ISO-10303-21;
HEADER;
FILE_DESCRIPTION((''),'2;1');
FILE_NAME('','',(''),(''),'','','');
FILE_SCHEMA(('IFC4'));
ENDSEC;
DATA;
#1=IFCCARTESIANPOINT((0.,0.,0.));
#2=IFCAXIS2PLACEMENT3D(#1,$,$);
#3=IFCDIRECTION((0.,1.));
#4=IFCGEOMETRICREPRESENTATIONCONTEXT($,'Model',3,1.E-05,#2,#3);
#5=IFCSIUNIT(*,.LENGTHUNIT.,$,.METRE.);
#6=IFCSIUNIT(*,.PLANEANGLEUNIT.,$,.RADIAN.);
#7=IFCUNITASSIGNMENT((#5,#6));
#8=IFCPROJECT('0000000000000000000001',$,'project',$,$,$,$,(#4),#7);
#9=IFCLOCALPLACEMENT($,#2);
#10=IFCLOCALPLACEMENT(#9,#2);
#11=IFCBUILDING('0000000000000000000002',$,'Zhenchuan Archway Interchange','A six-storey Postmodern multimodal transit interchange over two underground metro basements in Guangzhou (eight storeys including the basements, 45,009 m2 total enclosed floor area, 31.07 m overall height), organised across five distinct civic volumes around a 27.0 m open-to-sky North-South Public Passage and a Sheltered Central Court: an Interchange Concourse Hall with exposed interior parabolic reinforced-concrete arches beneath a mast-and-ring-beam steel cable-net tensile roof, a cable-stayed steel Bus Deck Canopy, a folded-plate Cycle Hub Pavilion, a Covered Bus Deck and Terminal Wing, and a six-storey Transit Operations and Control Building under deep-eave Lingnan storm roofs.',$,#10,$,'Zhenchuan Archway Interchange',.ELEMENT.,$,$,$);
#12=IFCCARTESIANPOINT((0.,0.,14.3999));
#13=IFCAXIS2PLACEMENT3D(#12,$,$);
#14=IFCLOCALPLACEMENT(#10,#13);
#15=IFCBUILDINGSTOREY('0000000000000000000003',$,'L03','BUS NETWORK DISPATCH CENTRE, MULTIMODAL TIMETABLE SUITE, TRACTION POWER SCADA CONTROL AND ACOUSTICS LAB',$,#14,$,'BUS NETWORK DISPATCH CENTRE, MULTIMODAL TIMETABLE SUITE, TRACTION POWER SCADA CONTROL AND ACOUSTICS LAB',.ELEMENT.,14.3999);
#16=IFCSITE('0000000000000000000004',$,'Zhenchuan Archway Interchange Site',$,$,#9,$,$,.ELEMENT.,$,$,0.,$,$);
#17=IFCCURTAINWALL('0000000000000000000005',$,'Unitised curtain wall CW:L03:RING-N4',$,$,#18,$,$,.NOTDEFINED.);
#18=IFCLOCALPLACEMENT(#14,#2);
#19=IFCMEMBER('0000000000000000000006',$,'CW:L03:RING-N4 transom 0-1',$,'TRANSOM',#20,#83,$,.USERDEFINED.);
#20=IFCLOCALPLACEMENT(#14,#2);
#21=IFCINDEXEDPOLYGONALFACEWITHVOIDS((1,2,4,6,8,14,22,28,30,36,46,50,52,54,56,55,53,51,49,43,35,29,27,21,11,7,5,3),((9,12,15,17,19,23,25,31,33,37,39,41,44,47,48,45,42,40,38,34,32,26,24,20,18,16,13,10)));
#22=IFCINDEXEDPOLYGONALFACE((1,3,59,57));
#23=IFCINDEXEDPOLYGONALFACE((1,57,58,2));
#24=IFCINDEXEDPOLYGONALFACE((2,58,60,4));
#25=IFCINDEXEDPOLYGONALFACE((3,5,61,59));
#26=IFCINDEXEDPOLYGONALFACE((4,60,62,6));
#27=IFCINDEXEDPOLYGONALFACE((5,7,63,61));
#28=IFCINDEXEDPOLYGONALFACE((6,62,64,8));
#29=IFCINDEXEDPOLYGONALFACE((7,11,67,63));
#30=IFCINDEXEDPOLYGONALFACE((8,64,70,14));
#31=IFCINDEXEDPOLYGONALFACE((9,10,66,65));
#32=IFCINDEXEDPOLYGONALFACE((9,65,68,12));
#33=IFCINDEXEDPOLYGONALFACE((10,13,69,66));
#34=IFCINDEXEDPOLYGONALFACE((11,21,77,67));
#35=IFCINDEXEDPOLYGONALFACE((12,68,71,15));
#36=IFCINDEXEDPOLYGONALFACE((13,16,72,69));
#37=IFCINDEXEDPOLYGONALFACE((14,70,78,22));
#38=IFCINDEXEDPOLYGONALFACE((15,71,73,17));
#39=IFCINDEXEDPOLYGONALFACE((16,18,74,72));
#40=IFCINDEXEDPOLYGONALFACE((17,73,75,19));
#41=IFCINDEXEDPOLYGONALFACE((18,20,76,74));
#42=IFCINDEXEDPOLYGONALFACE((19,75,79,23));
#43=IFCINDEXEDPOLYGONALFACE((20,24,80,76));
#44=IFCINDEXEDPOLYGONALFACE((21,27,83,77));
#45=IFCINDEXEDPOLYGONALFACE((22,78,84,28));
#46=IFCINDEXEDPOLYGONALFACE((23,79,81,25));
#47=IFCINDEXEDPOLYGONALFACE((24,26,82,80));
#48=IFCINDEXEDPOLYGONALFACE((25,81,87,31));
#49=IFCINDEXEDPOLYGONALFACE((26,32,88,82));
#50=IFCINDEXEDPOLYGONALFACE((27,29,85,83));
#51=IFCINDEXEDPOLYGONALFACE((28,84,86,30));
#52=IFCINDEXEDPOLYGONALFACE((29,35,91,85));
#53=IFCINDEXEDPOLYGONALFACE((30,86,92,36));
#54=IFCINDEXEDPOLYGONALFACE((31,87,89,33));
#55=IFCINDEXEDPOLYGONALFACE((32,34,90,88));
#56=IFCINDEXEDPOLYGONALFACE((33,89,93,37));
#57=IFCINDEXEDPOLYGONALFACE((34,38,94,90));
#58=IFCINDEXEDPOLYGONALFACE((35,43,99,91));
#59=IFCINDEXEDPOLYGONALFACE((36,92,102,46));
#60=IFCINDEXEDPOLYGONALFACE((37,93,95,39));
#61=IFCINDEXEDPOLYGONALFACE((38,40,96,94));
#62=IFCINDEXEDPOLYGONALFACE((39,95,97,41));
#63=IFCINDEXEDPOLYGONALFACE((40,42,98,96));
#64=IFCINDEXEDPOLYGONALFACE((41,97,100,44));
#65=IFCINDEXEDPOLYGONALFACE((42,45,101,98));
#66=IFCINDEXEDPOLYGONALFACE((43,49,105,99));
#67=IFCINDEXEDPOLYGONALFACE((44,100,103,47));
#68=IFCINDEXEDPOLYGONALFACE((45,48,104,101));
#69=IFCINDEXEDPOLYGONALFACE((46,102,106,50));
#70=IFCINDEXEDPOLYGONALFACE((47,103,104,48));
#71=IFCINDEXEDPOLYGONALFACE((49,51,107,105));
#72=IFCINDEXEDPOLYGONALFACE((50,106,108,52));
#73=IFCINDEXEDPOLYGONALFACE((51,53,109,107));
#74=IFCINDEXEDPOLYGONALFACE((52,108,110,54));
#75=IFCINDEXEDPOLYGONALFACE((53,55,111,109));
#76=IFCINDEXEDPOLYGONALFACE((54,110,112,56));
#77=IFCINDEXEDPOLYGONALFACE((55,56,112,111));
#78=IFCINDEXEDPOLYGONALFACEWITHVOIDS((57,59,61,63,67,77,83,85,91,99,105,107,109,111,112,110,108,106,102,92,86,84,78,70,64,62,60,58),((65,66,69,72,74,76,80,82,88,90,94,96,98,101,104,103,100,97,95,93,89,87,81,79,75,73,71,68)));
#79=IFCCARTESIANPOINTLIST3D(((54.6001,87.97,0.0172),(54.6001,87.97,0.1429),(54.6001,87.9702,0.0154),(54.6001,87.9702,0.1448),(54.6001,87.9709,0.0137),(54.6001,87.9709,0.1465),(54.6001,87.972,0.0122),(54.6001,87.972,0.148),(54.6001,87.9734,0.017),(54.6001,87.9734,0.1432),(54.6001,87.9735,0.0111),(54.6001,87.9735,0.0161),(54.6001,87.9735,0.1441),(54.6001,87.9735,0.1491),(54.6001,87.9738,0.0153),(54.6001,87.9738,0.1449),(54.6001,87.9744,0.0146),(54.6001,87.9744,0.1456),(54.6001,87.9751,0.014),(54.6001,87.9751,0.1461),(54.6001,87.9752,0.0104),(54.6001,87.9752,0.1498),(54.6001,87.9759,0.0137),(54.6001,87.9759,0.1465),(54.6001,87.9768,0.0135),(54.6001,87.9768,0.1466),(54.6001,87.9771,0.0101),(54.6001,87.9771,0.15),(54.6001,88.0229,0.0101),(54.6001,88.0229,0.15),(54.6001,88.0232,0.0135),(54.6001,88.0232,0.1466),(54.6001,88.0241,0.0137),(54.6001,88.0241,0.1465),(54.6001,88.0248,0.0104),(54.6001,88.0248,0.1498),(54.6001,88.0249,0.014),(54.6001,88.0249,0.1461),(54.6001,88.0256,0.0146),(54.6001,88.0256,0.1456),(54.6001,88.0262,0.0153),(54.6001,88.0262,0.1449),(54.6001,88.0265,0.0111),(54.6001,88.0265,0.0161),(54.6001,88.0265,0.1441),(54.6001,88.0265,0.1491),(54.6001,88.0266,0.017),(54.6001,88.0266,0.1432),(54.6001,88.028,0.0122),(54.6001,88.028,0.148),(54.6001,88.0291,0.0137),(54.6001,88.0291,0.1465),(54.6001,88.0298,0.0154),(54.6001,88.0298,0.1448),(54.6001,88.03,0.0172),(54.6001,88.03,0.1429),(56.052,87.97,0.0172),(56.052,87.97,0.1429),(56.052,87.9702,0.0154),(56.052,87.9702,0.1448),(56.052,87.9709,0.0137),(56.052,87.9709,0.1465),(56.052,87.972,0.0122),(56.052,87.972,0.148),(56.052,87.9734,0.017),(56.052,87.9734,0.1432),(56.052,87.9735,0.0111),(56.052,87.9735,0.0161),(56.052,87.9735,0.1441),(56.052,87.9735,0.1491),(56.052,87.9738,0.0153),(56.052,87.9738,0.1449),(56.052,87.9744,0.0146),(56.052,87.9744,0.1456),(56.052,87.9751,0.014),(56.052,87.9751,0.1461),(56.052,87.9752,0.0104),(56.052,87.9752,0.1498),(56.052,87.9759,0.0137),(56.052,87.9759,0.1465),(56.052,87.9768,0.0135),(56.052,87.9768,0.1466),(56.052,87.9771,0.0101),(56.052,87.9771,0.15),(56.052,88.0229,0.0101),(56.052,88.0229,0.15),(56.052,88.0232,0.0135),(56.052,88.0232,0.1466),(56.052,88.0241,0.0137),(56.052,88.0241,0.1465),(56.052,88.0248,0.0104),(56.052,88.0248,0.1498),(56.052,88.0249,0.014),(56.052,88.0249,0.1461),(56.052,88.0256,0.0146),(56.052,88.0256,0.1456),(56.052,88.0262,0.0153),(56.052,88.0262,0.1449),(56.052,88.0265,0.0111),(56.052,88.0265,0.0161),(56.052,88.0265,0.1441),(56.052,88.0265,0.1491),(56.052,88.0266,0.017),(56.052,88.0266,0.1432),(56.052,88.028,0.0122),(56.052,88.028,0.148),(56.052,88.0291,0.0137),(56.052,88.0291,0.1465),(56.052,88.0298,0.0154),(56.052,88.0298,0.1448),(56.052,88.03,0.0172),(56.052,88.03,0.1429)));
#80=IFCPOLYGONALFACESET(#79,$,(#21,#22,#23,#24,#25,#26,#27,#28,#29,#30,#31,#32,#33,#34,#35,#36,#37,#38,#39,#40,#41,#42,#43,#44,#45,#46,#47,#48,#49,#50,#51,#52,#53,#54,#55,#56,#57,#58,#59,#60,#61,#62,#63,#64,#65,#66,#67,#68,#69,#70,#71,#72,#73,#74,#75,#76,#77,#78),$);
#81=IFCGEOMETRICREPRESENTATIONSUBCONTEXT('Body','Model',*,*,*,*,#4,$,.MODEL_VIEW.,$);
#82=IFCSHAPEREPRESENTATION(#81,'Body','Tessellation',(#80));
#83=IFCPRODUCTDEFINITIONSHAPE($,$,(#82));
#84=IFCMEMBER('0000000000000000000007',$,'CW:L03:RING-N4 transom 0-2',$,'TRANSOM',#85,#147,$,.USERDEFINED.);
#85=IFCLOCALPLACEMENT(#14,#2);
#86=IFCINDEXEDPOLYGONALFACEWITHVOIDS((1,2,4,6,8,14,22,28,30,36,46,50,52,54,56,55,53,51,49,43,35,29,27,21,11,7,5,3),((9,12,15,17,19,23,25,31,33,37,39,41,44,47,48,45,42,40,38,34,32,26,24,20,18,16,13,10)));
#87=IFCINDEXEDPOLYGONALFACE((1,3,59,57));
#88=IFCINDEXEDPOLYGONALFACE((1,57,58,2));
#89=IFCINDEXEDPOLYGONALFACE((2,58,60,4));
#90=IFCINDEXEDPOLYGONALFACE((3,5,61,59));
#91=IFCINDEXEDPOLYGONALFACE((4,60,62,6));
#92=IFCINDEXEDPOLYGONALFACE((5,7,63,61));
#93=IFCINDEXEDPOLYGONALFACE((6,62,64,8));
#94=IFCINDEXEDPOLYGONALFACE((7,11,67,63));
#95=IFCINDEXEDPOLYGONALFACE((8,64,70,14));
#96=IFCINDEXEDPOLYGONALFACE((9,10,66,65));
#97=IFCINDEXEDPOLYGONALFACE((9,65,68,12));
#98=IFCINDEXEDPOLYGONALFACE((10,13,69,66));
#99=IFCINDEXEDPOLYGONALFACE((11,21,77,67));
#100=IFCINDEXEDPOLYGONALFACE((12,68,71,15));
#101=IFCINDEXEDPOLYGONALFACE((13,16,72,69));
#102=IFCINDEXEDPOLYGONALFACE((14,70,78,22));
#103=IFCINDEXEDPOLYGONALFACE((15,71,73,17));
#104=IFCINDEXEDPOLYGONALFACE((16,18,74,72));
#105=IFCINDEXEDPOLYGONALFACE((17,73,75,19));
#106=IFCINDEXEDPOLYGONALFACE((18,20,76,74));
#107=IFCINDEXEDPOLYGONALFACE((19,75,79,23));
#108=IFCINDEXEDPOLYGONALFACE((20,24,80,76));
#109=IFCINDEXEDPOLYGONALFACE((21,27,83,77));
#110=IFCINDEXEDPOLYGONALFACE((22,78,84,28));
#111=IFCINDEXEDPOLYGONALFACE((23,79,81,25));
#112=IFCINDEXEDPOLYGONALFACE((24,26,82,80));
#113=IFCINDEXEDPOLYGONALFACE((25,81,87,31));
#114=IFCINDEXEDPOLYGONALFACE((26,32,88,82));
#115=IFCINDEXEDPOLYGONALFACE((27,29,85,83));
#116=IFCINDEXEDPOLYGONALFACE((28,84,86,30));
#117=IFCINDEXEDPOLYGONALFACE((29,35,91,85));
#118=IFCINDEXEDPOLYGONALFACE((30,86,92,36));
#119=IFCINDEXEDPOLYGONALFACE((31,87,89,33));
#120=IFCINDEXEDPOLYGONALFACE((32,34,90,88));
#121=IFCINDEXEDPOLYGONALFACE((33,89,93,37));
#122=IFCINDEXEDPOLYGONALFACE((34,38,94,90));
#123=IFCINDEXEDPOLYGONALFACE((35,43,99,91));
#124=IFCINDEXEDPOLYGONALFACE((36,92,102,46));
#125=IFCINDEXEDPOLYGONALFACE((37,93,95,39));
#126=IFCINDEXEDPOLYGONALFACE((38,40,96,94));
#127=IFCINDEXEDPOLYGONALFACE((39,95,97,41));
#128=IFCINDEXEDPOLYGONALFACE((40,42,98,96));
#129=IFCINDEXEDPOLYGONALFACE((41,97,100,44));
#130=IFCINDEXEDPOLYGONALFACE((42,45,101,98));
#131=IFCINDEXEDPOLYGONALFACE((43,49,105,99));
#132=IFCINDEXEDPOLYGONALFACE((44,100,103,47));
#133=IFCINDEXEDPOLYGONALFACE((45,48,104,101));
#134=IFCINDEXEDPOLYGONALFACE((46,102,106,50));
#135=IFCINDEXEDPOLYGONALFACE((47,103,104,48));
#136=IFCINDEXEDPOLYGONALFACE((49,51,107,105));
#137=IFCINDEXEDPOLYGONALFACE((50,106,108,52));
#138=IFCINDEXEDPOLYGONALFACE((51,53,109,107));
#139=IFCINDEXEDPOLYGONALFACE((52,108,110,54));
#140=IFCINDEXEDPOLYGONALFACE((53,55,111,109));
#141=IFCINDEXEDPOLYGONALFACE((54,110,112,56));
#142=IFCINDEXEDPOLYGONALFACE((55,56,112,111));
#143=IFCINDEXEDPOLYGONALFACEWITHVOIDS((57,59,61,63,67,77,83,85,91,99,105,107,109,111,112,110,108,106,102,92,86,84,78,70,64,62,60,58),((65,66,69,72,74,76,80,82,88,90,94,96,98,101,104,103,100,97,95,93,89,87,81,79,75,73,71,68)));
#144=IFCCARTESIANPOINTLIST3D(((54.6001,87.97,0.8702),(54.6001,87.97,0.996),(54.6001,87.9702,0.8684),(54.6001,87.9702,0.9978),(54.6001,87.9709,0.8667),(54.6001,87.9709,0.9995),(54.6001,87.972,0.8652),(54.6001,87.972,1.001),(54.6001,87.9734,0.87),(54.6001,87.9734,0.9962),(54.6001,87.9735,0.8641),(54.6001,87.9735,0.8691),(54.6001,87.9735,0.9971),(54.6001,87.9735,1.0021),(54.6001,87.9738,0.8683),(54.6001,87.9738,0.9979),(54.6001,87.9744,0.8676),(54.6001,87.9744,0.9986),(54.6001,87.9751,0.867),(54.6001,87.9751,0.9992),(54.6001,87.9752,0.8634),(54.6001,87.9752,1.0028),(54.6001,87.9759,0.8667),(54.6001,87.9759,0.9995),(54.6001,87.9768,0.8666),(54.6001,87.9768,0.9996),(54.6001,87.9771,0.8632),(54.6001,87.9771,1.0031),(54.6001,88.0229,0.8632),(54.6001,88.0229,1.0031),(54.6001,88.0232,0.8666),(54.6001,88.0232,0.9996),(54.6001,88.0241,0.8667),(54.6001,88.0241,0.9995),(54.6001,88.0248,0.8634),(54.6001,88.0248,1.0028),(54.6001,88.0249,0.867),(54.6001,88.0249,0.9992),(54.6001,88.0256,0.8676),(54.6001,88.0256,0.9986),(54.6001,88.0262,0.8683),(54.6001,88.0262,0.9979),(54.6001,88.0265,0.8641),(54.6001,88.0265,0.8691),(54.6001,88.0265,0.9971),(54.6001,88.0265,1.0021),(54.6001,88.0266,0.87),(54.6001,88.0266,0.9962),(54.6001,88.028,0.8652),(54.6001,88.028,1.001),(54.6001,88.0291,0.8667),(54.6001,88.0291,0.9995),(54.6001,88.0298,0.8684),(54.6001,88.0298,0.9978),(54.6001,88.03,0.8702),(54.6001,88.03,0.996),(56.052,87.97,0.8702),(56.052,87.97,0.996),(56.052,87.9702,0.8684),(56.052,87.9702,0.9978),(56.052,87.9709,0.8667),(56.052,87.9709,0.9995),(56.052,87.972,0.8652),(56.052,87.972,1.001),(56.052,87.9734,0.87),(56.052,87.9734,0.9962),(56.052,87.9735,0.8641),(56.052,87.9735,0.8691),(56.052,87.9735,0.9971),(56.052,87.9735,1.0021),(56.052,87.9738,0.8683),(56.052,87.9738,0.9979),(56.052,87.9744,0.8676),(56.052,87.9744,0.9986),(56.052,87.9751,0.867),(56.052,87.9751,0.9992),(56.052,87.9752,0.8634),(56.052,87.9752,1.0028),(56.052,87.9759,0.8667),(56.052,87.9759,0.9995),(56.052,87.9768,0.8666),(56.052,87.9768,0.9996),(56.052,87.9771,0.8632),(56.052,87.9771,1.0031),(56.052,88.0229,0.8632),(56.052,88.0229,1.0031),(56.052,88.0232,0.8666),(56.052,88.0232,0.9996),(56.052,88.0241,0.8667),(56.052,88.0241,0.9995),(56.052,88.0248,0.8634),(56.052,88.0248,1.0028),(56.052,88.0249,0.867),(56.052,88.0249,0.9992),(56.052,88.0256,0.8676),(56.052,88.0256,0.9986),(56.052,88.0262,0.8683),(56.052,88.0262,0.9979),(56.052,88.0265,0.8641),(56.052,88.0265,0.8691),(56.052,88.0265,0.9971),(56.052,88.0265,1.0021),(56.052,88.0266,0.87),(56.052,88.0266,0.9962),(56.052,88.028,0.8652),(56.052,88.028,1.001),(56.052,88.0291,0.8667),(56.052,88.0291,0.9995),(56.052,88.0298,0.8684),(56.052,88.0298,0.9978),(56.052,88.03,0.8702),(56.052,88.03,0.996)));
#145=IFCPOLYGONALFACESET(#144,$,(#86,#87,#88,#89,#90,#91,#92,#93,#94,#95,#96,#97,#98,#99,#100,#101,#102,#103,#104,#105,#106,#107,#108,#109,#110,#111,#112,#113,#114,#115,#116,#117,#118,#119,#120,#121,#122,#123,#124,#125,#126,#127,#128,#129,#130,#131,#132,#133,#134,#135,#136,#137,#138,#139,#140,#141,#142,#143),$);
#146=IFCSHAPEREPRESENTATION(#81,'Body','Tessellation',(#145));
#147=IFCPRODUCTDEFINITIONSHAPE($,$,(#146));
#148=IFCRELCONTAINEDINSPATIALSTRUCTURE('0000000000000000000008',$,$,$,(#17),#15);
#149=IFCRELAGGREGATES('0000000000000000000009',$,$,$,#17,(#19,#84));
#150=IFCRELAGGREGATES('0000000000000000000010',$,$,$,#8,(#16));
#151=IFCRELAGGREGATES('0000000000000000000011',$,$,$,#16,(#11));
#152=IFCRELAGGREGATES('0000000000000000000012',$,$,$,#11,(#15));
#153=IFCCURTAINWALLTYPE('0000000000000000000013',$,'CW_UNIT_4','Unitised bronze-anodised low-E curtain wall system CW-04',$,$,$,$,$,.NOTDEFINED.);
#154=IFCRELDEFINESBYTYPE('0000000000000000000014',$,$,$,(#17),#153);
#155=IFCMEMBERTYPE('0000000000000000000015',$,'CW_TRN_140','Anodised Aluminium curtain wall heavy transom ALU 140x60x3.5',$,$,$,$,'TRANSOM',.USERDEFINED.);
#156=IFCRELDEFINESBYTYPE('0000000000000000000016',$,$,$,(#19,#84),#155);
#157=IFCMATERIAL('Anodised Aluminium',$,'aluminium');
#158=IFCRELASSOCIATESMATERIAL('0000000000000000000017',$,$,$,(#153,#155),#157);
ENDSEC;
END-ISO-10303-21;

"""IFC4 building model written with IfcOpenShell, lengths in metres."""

from ifc_helpers import new_model, si_unit, direction, frame, origin, origin_2d, place, context, subcontext, project, spatial, hollow_rectangle, extrude, material, material_profile, profile_set, type_object, element, aggregate, save


model = new_model("IFC4")

# Units and contexts
model_context = context("Model", 3, precision=1e-05, world=origin(), true_north=direction((0.0, 1.0)))
body_context = subcontext(model_context, "Body", "Model", "MODEL_VIEW")
ifc_project = project(units=[si_unit("LENGTHUNIT", "METRE"), si_unit("PLANEANGLEUNIT", "RADIAN")], contexts=[model_context])

# Site, building, storey
site_placement = place(None, origin())
site = spatial("IfcSite", under=ifc_project, at=site_placement, Name="Zhenchuan Archway Interchange Site", CompositionType="ELEMENT", RefElevation=0.0)
building_placement = place(site_placement, origin())
building = spatial("IfcBuilding", under=site, at=building_placement, Name="Zhenchuan Archway Interchange", Description="A six-storey Postmodern multimodal transit interchange over two underground metro basements in Guangzhou (eight storeys including the basements, 45,009 m2 total enclosed floor area, 31.07 m overall height), organised across five distinct civic volumes around a 27.0 m open-to-sky North-South Public Passage and a Sheltered Central Court: an Interchange Concourse Hall with exposed interior parabolic reinforced-concrete arches beneath a mast-and-ring-beam steel cable-net tensile roof, a cable-stayed steel Bus Deck Canopy, a folded-plate Cycle Hub Pavilion, a Covered Bus Deck and Terminal Wing, and a six-storey Transit Operations and Control Building under deep-eave Lingnan storm roofs.", LongName="Zhenchuan Archway Interchange", CompositionType="ELEMENT")
storey_placement = place(building_placement, frame((0.0, 0.0, 14.3999)))
storey = spatial("IfcBuildingStorey", under=building, at=storey_placement, Name="L03", Description="BUS NETWORK DISPATCH CENTRE, MULTIMODAL TIMETABLE SUITE, TRACTION POWER SCADA CONTROL AND ACOUSTICS LAB", LongName="BUS NETWORK DISPATCH CENTRE, MULTIMODAL TIMETABLE SUITE, TRACTION POWER SCADA CONTROL AND ACOUSTICS LAB", CompositionType="ELEMENT", Elevation=14.3999)

# Curtain wall
ifc_material_1 = material(Name="Anodised Aluminium", Category="aluminium")
curtain_wall_type = type_object("IfcCurtainWallType", Name="CW_UNIT_4", Description="Unitised bronze-anodised low-E curtain wall system CW-04", PredefinedType="NOTDEFINED", material=ifc_material_1)
curtain_wall_1_placement = place(storey_placement, origin())
curtain_wall_1 = element("IfcCurtainWall", 1, at=curtain_wall_1_placement, inside=storey, type_object=curtain_wall_type, Name="Unitised curtain wall CW:L03:RING-N4", PredefinedType="NOTDEFINED")

# Members
ifc_material_profile_1 = material_profile(ifc_material_1, hollow_rectangle(XDim=0.0601, YDim=0.1399, WallThickness=0.0034, InnerFilletRadius=0.0034, OuterFilletRadius=0.0071, at=origin_2d()), Name="ALU 140x60x3.5")
ifc_profile_set_1 = profile_set([ifc_material_profile_1], Name="Anodised Aluminium")
member_type_1 = type_object("IfcMemberType", Name="CW_TRN_140", Description="Anodised Aluminium curtain wall heavy transom ALU 140x60x3.5", ElementType="TRANSOM", PredefinedType="USERDEFINED", material=ifc_profile_set_1)
member_1_placement = place(storey_placement, frame((54.6001, 88.0, 0.0801), z_axis=(1.0, 0.0, 0.0), x_axis=(0.0, 1.0, 0.0)))
member_1 = element("IfcMember", 2, at=member_1_placement, type_object=member_type_1, Name="CW:L03:RING-N4 transom 0-1", ObjectType="TRANSOM", PredefinedType="USERDEFINED", context=body_context, shape_type="SweptSolid", body=[
    extrude(hollow_rectangle(XDim=0.0601, YDim=0.1399, WallThickness=0.0034, InnerFilletRadius=0.0034, OuterFilletRadius=0.0071, at=origin_2d()), origin(), (0.0, 0.0, 1.0), 1.4519),
])
member_2_placement = place(storey_placement, frame((54.6001, 88.0, 0.9331), z_axis=(1.0, 0.0, 0.0), x_axis=(0.0, 1.0, 0.0)))
member_2 = element("IfcMember", 3, at=member_2_placement, type_object=member_type_1, Name="CW:L03:RING-N4 transom 0-2", ObjectType="TRANSOM", PredefinedType="USERDEFINED", context=body_context, shape_type="SweptSolid", body=[
    extrude(hollow_rectangle(XDim=0.0601, YDim=0.1399, WallThickness=0.0034, InnerFilletRadius=0.0034, OuterFilletRadius=0.0071, at=origin_2d()), origin(), (0.0, 0.0, 1.0), 1.4519),
])

aggregate(curtain_wall_1, [member_1, member_2])

save(model, "model.ifc")
